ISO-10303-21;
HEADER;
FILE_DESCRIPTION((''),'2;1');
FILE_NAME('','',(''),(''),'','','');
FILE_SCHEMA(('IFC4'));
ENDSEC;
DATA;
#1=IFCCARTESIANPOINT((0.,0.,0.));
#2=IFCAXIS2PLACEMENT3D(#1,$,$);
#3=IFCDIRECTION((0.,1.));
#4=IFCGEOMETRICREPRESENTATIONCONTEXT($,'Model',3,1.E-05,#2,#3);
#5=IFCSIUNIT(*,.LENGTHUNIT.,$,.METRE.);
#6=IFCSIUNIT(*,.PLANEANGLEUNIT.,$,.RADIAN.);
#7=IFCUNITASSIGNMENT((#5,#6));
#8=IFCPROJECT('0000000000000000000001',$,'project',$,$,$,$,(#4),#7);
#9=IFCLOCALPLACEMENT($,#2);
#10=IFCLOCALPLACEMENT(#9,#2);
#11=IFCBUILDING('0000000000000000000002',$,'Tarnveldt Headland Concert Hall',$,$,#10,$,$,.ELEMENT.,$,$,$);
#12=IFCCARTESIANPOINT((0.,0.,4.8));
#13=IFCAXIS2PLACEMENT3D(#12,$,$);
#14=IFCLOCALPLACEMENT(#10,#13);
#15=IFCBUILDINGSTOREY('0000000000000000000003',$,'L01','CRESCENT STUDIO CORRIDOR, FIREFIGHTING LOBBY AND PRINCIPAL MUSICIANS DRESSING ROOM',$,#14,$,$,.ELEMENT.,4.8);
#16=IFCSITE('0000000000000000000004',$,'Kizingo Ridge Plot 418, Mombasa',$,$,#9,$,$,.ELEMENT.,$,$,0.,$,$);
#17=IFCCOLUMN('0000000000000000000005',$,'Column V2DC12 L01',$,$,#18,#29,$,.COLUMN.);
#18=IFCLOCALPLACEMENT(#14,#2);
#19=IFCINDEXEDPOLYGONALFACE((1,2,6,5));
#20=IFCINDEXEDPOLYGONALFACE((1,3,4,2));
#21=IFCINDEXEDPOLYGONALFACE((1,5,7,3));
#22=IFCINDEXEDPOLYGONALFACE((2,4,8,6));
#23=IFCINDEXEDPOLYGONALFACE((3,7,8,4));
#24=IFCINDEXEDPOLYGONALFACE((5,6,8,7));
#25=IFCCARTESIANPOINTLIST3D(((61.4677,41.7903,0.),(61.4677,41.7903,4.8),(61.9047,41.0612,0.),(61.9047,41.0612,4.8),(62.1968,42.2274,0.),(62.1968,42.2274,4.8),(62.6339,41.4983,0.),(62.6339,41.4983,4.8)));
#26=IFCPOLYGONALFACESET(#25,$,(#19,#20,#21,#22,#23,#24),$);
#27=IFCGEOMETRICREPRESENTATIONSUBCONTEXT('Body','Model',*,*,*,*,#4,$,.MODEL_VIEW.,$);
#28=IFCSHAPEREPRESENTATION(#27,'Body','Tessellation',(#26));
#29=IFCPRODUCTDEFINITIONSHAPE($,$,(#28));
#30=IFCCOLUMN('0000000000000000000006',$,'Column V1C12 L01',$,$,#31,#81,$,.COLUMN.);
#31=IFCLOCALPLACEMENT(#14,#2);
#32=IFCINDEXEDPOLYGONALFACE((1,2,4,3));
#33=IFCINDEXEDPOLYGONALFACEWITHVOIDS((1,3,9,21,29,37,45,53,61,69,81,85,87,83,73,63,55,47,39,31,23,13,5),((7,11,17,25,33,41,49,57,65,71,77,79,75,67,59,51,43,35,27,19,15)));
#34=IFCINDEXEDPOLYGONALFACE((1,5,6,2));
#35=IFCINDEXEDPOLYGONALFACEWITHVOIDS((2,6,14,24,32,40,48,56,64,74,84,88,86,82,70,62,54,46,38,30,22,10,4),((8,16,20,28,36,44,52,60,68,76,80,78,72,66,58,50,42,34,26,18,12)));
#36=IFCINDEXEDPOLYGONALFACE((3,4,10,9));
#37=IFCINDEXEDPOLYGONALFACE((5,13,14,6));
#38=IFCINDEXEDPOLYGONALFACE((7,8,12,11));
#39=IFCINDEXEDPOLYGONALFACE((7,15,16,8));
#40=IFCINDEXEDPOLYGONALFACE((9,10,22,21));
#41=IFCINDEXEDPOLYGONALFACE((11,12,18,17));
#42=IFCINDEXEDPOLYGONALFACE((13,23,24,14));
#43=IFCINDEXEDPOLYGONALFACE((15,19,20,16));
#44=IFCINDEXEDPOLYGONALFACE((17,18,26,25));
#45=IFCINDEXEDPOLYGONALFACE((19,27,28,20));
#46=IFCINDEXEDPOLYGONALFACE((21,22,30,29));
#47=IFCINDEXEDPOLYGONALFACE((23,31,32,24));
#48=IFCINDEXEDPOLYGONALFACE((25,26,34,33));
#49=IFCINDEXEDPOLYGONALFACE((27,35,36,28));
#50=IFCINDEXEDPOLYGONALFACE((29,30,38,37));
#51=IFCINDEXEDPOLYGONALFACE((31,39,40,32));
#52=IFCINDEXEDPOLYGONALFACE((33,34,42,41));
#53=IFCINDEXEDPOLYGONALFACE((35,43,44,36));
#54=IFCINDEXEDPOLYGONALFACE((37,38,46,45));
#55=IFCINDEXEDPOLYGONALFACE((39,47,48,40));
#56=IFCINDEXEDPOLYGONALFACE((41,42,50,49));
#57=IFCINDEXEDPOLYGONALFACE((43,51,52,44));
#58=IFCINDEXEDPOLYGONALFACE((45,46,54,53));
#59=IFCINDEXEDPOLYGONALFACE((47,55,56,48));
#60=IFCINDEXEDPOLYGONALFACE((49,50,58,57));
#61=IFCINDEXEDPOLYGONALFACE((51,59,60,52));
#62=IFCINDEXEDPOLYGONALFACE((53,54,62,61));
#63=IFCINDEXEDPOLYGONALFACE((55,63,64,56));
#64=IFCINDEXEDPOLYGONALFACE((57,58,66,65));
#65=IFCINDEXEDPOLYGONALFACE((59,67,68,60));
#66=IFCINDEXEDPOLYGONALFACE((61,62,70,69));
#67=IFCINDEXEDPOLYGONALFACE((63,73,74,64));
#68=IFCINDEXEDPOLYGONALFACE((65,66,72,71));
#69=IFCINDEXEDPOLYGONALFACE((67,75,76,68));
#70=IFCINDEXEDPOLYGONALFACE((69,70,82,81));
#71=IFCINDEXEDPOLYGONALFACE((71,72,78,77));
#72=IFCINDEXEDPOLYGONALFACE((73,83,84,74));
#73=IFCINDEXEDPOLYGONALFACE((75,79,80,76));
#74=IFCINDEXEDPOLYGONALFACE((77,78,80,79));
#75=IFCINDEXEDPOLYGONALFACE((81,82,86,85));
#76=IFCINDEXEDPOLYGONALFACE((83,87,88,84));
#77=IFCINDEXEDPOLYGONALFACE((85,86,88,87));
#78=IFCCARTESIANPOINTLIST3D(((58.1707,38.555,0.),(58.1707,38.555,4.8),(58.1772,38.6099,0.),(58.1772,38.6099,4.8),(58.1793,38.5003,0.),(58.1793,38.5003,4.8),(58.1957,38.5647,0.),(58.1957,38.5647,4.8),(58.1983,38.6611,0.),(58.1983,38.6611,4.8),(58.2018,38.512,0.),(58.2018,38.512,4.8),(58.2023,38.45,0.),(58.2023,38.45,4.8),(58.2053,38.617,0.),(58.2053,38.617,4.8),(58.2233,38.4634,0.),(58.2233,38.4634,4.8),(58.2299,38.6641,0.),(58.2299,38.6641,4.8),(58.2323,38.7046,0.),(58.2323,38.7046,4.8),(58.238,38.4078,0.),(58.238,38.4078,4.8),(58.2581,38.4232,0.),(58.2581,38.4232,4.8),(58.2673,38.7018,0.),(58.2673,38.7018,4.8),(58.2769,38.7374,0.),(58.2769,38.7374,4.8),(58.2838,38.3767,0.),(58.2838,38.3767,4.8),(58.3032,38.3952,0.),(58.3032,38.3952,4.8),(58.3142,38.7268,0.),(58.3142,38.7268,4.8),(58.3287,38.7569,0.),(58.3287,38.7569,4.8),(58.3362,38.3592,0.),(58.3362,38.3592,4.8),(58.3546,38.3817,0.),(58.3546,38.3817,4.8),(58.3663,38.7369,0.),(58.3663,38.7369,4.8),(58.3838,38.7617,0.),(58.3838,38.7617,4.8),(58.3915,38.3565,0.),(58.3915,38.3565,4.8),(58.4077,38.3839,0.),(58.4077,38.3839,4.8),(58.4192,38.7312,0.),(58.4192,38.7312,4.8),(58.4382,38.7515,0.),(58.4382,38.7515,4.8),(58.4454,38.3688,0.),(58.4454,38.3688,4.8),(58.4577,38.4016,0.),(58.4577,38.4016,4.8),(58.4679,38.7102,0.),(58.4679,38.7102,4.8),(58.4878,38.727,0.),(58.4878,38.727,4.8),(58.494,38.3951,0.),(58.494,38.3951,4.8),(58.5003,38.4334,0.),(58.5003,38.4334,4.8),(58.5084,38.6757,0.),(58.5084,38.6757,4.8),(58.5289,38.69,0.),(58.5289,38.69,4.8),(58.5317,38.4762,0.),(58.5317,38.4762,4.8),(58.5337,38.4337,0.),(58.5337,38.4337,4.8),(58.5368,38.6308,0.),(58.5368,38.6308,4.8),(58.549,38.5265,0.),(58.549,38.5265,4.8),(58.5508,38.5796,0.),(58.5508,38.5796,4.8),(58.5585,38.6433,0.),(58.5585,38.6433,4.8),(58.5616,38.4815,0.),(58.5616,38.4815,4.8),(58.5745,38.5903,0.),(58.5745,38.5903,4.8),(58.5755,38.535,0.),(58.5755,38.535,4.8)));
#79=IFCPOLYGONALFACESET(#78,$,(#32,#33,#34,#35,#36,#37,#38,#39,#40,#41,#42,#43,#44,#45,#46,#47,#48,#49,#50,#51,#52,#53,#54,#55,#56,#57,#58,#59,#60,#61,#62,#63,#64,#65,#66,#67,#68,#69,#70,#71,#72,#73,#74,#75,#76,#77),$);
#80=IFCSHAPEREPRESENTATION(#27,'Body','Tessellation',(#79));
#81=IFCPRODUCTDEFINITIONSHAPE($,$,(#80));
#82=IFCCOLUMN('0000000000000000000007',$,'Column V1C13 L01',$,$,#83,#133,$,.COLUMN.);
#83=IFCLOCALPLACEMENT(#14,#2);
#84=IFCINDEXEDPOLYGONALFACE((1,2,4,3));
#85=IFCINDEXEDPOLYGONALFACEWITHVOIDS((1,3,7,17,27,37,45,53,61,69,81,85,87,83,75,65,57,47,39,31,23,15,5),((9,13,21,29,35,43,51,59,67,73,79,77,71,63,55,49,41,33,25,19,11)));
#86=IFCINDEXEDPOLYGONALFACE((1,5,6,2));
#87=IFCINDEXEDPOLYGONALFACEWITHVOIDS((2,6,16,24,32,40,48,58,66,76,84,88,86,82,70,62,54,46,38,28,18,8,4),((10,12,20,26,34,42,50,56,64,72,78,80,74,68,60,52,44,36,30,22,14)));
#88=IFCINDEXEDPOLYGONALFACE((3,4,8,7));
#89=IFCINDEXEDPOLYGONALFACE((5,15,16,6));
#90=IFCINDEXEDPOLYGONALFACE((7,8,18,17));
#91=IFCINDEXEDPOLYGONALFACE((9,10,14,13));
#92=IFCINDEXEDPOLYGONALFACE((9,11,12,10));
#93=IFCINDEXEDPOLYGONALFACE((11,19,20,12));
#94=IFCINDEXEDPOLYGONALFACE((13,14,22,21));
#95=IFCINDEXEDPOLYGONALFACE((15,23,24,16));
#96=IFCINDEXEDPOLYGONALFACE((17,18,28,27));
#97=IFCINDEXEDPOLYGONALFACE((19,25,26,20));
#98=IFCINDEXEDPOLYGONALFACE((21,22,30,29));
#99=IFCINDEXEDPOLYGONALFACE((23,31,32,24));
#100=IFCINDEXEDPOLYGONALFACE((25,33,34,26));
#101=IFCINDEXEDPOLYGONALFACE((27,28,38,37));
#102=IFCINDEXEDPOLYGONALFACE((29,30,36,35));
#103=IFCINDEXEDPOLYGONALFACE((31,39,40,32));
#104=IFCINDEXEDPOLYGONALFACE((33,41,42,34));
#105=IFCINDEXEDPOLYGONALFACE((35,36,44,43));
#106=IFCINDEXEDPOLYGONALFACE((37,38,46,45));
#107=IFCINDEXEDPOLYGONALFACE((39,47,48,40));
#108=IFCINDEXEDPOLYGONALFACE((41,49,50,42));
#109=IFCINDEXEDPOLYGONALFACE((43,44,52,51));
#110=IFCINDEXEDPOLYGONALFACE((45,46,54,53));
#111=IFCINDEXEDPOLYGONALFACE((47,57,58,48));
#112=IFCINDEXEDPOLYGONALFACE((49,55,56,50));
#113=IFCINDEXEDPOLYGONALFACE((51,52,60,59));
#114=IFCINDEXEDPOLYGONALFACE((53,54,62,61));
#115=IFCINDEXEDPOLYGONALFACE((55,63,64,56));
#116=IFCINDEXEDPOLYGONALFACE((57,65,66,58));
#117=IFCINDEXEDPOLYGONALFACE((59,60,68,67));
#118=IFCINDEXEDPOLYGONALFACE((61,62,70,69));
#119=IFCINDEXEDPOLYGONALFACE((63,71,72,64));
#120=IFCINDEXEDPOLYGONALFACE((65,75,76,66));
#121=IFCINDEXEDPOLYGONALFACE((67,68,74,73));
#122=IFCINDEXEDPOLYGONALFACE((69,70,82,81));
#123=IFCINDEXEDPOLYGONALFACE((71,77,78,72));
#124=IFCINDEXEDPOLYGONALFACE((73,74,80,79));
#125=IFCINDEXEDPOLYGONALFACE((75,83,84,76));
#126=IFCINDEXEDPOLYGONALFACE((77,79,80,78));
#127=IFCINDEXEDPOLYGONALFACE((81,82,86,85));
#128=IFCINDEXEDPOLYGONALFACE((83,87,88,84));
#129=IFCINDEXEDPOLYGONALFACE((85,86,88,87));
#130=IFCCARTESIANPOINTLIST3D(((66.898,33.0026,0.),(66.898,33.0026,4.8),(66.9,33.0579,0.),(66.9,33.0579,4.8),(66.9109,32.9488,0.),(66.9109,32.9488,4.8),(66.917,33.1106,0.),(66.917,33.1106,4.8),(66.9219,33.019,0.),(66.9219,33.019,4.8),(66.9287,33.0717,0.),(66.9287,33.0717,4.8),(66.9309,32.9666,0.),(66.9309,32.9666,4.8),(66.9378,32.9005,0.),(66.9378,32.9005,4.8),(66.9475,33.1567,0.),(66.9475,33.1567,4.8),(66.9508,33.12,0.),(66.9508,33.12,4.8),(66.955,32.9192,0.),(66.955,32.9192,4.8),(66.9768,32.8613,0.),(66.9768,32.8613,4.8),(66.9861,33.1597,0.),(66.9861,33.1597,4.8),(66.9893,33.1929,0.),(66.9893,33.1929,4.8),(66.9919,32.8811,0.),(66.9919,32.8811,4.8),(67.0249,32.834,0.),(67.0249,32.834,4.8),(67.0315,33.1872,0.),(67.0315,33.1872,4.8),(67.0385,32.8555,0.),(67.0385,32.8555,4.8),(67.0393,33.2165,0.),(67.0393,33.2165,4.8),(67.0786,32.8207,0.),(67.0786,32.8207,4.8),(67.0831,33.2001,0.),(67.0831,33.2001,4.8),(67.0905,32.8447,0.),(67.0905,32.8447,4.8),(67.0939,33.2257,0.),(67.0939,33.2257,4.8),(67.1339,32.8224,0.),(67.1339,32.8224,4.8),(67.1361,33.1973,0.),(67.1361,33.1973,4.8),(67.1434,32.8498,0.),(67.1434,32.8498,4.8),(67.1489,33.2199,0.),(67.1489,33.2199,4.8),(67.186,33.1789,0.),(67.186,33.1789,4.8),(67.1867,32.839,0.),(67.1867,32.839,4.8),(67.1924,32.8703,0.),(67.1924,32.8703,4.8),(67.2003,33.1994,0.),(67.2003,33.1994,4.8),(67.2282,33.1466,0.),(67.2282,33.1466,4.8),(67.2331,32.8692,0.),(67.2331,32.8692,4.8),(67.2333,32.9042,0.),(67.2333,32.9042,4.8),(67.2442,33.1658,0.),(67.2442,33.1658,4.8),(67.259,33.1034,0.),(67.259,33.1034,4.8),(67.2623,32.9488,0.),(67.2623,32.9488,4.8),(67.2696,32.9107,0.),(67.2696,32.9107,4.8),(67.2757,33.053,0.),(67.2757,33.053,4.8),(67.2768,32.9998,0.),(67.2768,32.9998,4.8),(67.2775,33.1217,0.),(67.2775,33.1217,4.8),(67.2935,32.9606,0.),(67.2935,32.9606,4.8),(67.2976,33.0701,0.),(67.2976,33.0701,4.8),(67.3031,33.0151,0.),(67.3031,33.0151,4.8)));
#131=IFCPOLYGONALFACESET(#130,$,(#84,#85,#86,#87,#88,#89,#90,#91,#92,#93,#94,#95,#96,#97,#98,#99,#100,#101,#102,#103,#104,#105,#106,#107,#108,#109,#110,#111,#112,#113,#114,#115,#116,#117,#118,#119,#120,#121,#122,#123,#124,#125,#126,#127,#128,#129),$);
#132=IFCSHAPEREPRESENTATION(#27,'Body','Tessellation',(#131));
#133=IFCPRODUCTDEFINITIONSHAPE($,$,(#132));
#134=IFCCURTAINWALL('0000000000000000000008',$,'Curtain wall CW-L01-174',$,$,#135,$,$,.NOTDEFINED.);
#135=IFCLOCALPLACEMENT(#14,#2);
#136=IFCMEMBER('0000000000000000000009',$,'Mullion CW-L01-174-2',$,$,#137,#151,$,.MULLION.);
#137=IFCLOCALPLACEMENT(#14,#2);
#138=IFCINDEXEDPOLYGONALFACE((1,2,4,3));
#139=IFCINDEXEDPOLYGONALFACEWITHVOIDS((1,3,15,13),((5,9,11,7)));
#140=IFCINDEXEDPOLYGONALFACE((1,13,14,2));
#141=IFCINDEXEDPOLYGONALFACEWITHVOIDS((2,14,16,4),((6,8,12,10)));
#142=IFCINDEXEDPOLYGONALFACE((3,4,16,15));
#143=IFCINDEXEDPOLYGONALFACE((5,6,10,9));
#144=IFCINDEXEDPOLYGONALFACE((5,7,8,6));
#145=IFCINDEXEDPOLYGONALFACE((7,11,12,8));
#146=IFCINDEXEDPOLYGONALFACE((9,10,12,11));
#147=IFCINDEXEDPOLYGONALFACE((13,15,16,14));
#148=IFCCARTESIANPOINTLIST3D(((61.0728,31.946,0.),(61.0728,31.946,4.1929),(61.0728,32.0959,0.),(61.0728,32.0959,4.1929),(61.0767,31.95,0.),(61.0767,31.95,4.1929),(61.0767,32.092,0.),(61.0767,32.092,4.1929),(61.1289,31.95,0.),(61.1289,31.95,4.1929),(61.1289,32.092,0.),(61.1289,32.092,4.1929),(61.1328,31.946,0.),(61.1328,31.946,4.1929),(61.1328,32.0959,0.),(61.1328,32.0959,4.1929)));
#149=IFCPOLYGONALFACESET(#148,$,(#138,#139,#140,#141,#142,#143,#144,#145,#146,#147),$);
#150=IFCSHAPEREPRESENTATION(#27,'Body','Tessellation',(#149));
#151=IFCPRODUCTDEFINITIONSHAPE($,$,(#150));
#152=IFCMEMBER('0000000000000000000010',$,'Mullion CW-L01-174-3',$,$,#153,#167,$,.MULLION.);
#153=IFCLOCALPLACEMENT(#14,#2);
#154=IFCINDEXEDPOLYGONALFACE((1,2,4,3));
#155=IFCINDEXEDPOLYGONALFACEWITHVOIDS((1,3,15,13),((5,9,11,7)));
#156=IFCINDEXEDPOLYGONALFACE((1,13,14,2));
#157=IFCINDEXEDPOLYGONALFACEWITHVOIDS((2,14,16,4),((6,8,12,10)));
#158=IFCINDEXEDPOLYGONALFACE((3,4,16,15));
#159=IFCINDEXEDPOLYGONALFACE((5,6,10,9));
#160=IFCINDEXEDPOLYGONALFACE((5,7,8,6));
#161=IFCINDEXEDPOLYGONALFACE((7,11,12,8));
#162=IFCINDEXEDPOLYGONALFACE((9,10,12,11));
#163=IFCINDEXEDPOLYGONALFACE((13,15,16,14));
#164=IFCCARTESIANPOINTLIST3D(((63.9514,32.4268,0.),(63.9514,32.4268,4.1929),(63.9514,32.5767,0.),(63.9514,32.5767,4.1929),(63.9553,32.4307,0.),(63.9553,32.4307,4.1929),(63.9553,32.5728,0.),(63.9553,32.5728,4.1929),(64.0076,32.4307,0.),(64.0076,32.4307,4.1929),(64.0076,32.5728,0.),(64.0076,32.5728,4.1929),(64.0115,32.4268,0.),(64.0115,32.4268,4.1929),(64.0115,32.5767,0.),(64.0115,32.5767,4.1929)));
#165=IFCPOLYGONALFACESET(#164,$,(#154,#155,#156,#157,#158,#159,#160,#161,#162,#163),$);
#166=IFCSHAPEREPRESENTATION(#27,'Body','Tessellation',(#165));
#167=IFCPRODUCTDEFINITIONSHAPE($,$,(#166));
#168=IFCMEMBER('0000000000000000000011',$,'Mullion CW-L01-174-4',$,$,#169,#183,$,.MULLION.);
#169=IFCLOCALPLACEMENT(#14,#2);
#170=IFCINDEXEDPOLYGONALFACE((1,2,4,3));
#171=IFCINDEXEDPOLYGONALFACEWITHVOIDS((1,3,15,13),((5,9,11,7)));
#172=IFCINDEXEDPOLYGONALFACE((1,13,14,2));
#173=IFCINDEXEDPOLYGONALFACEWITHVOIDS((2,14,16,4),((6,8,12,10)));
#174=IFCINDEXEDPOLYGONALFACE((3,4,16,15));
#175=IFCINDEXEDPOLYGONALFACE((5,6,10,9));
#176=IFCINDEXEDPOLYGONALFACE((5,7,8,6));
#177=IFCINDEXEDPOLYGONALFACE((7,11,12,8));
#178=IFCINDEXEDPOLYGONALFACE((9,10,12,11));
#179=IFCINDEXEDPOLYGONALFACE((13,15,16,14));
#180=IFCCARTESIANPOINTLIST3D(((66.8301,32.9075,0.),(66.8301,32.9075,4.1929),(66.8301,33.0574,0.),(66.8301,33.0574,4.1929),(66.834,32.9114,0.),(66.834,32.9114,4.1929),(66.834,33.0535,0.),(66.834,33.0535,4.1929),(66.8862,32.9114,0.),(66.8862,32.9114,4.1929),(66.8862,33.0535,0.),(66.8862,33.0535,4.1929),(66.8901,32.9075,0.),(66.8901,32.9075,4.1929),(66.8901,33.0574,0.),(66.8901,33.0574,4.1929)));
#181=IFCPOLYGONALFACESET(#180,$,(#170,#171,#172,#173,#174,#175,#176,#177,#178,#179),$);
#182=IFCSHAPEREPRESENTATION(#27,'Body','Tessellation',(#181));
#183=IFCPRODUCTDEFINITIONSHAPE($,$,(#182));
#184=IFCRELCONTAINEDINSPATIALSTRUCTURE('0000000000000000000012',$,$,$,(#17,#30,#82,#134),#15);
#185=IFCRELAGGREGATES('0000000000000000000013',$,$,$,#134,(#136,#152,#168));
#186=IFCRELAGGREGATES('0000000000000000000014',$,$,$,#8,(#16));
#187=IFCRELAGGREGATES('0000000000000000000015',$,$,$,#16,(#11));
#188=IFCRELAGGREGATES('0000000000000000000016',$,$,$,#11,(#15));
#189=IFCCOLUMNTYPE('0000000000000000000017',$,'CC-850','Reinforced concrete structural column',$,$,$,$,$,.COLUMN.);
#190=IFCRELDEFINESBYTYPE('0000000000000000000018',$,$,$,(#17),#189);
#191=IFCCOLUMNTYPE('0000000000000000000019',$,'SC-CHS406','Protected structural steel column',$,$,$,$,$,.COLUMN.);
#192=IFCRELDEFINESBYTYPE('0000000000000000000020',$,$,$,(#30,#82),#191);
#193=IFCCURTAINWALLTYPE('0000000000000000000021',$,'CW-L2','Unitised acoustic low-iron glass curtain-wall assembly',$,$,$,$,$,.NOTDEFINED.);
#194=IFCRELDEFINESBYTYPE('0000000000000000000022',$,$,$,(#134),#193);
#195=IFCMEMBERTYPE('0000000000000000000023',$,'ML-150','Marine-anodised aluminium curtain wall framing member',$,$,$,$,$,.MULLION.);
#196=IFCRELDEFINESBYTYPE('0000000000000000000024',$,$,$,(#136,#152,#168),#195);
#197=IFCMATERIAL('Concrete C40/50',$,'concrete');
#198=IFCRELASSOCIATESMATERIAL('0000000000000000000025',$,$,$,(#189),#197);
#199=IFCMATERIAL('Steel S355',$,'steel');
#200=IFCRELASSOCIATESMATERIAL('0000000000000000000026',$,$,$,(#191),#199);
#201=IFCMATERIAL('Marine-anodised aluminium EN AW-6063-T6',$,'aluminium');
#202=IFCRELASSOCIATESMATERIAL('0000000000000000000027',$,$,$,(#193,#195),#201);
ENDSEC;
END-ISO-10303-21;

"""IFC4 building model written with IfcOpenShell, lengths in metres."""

from ifc_helpers import new_model, si_unit, direction, frame, origin, origin_2d, place, context, subcontext, project, spatial, rectangle, hollow_rectangle, hollow_circle, extrude, material, material_profile, profile_set, type_object, element, aggregate, save


model = new_model("IFC4")

# Units and contexts
model_context = context("Model", 3, precision=1e-05, world=origin(), true_north=direction((0.0, 1.0)))
body_context = subcontext(model_context, "Body", "Model", "MODEL_VIEW")
ifc_project = project(units=[si_unit("LENGTHUNIT", "METRE"), si_unit("PLANEANGLEUNIT", "RADIAN")], contexts=[model_context])

# Site, building, storey
site_placement = place(None, origin())
site = spatial("IfcSite", under=ifc_project, at=site_placement, Name="Kizingo Ridge Plot 418, Mombasa", CompositionType="ELEMENT", RefElevation=0.0)
building_placement = place(site_placement, origin())
building = spatial("IfcBuilding", under=site, at=building_placement, Name="Tarnveldt Headland Concert Hall", CompositionType="ELEMENT")
storey_placement = place(building_placement, frame((0.0, 0.0, 4.8)))
storey = spatial("IfcBuildingStorey", under=building, at=storey_placement, Name="L01", Description="CRESCENT STUDIO CORRIDOR, FIREFIGHTING LOBBY AND PRINCIPAL MUSICIANS DRESSING ROOM", CompositionType="ELEMENT", Elevation=4.8)

# Columns
ifc_material_1 = material(Name="Concrete C40/50", Category="concrete")
ifc_material_profile_1 = material_profile(ifc_material_1, rectangle(XDim=0.8501, YDim=0.8501, at=origin_2d()), Name="RC 850x850", Category="concrete")
ifc_profile_set_1 = profile_set([ifc_material_profile_1], Name="Concrete C40/50")
column_type_1 = type_object("IfcColumnType", Name="CC-850", Description="Reinforced concrete structural column", PredefinedType="COLUMN", material=ifc_profile_set_1)
column_placement = place(storey_placement, frame((62.0508, 41.6443, 0.0), z_axis=(0.0, 0.0, 1.0), x_axis=(-0.857706, -0.51414, 0.0)))
element("IfcColumn", 1, at=column_placement, inside=storey, type_object=column_type_1, Name="Column V2DC12 L01", PredefinedType="COLUMN", context=body_context, shape_type="SweptSolid", body=[
    extrude(rectangle(XDim=0.8501, YDim=0.8501, at=origin_2d()), origin(), (0.0, 0.0, 1.0), 4.8),
])
ifc_material_2 = material(Name="Steel S355", Category="steel")
ifc_material_profile_2 = material_profile(ifc_material_2, hollow_circle(Radius=0.2031, WallThickness=0.0249, at=origin_2d()), Name="CHS 406.4x25", Category="steel")
ifc_profile_set_2 = profile_set([ifc_material_profile_2], Name="Steel S355")
column_type_2 = type_object("IfcColumnType", Name="SC-CHS406", Description="Protected structural steel column", PredefinedType="COLUMN", material=ifc_profile_set_2)
for number, where, z_axis, x_axis, name in (
    (2, (58.3738, 38.5588, 0.0), (0.0, 0.0, 1.0), (-0.844421, -0.535679, 0.0), "Column V1C12 L01"),
    (3, (67.1001, 33.0227, 0.0), (0.0, 0.0, 1.0), (-0.60696, -0.794733, 0.0), "Column V1C13 L01"),
):
    element("IfcColumn", number, at=place(storey_placement, frame(where, z_axis=z_axis, x_axis=x_axis)), inside=storey, type_object=column_type_2, Name=name, PredefinedType="COLUMN", context=body_context, shape_type="SweptSolid", body=[
        extrude(hollow_circle(Radius=0.2031, WallThickness=0.0249, at=origin_2d()), origin(), (0.0, 0.0, 1.0), 4.8),
    ])

# Curtain wall, members
ifc_material_3 = material(Name="Marine-anodised aluminium EN AW-6063-T6", Category="aluminium")
curtain_wall_type_1 = type_object("IfcCurtainWallType", Name="CW-L2", Description="Unitised acoustic low-iron glass curtain-wall assembly", PredefinedType="NOTDEFINED", material=ifc_material_3)
curtain_wall_1_placement = place(storey_placement, origin())
curtain_wall_1 = element("IfcCurtainWall", 4, at=curtain_wall_1_placement, inside=storey, type_object=curtain_wall_type_1, Name="Curtain wall CW-L01-174", PredefinedType="NOTDEFINED")
ifc_material_profile_3 = material_profile(ifc_material_3, hollow_rectangle(XDim=0.0601, YDim=0.1499, WallThickness=0.0039, at=origin_2d()), Name="ALU MULLION 60x150x4", Category="aluminium")
ifc_profile_set_3 = profile_set([ifc_material_profile_3], Name="Marine-anodised aluminium EN AW-6063-T6")
member_type_1 = type_object("IfcMemberType", Name="ML-150", Description="Marine-anodised aluminium curtain wall framing member", PredefinedType="MULLION", material=ifc_profile_set_3)
member_1_placement = place(storey_placement, frame((61.1028, 32.021, 0.0), z_axis=(0.0, 0.0, 1.0), x_axis=(1.0, 0.0, 0.0)))
member_1 = element("IfcMember", 5, at=member_1_placement, type_object=member_type_1, Name="Mullion CW-L01-174-2", PredefinedType="MULLION", context=body_context, shape_type="SweptSolid", body=[
    extrude(hollow_rectangle(XDim=0.0601, YDim=0.1499, WallThickness=0.0039, at=origin_2d()), origin(), (0.0, 0.0, 1.0), 4.1929),
])
member_2_placement = place(storey_placement, frame((63.9814, 32.5017, 0.0), z_axis=(0.0, 0.0, 1.0), x_axis=(1.0, 0.0, 0.0)))
member_2 = element("IfcMember", 6, at=member_2_placement, type_object=member_type_1, Name="Mullion CW-L01-174-3", PredefinedType="MULLION", context=body_context, shape_type="SweptSolid", body=[
    extrude(hollow_rectangle(XDim=0.0601, YDim=0.1499, WallThickness=0.0039, at=origin_2d()), origin(), (0.0, 0.0, 1.0), 4.1929),
])
member_3_placement = place(storey_placement, frame((66.8601, 32.9824, 0.0), z_axis=(0.0, 0.0, 1.0), x_axis=(1.0, 0.0, 0.0)))
member_3 = element("IfcMember", 7, at=member_3_placement, type_object=member_type_1, Name="Mullion CW-L01-174-4", PredefinedType="MULLION", context=body_context, shape_type="SweptSolid", body=[
    extrude(hollow_rectangle(XDim=0.0601, YDim=0.1499, WallThickness=0.0039, at=origin_2d()), origin(), (0.0, 0.0, 1.0), 4.1929),
])

aggregate(curtain_wall_1, [member_1, member_2, member_3])

save(model, "model.ifc")
